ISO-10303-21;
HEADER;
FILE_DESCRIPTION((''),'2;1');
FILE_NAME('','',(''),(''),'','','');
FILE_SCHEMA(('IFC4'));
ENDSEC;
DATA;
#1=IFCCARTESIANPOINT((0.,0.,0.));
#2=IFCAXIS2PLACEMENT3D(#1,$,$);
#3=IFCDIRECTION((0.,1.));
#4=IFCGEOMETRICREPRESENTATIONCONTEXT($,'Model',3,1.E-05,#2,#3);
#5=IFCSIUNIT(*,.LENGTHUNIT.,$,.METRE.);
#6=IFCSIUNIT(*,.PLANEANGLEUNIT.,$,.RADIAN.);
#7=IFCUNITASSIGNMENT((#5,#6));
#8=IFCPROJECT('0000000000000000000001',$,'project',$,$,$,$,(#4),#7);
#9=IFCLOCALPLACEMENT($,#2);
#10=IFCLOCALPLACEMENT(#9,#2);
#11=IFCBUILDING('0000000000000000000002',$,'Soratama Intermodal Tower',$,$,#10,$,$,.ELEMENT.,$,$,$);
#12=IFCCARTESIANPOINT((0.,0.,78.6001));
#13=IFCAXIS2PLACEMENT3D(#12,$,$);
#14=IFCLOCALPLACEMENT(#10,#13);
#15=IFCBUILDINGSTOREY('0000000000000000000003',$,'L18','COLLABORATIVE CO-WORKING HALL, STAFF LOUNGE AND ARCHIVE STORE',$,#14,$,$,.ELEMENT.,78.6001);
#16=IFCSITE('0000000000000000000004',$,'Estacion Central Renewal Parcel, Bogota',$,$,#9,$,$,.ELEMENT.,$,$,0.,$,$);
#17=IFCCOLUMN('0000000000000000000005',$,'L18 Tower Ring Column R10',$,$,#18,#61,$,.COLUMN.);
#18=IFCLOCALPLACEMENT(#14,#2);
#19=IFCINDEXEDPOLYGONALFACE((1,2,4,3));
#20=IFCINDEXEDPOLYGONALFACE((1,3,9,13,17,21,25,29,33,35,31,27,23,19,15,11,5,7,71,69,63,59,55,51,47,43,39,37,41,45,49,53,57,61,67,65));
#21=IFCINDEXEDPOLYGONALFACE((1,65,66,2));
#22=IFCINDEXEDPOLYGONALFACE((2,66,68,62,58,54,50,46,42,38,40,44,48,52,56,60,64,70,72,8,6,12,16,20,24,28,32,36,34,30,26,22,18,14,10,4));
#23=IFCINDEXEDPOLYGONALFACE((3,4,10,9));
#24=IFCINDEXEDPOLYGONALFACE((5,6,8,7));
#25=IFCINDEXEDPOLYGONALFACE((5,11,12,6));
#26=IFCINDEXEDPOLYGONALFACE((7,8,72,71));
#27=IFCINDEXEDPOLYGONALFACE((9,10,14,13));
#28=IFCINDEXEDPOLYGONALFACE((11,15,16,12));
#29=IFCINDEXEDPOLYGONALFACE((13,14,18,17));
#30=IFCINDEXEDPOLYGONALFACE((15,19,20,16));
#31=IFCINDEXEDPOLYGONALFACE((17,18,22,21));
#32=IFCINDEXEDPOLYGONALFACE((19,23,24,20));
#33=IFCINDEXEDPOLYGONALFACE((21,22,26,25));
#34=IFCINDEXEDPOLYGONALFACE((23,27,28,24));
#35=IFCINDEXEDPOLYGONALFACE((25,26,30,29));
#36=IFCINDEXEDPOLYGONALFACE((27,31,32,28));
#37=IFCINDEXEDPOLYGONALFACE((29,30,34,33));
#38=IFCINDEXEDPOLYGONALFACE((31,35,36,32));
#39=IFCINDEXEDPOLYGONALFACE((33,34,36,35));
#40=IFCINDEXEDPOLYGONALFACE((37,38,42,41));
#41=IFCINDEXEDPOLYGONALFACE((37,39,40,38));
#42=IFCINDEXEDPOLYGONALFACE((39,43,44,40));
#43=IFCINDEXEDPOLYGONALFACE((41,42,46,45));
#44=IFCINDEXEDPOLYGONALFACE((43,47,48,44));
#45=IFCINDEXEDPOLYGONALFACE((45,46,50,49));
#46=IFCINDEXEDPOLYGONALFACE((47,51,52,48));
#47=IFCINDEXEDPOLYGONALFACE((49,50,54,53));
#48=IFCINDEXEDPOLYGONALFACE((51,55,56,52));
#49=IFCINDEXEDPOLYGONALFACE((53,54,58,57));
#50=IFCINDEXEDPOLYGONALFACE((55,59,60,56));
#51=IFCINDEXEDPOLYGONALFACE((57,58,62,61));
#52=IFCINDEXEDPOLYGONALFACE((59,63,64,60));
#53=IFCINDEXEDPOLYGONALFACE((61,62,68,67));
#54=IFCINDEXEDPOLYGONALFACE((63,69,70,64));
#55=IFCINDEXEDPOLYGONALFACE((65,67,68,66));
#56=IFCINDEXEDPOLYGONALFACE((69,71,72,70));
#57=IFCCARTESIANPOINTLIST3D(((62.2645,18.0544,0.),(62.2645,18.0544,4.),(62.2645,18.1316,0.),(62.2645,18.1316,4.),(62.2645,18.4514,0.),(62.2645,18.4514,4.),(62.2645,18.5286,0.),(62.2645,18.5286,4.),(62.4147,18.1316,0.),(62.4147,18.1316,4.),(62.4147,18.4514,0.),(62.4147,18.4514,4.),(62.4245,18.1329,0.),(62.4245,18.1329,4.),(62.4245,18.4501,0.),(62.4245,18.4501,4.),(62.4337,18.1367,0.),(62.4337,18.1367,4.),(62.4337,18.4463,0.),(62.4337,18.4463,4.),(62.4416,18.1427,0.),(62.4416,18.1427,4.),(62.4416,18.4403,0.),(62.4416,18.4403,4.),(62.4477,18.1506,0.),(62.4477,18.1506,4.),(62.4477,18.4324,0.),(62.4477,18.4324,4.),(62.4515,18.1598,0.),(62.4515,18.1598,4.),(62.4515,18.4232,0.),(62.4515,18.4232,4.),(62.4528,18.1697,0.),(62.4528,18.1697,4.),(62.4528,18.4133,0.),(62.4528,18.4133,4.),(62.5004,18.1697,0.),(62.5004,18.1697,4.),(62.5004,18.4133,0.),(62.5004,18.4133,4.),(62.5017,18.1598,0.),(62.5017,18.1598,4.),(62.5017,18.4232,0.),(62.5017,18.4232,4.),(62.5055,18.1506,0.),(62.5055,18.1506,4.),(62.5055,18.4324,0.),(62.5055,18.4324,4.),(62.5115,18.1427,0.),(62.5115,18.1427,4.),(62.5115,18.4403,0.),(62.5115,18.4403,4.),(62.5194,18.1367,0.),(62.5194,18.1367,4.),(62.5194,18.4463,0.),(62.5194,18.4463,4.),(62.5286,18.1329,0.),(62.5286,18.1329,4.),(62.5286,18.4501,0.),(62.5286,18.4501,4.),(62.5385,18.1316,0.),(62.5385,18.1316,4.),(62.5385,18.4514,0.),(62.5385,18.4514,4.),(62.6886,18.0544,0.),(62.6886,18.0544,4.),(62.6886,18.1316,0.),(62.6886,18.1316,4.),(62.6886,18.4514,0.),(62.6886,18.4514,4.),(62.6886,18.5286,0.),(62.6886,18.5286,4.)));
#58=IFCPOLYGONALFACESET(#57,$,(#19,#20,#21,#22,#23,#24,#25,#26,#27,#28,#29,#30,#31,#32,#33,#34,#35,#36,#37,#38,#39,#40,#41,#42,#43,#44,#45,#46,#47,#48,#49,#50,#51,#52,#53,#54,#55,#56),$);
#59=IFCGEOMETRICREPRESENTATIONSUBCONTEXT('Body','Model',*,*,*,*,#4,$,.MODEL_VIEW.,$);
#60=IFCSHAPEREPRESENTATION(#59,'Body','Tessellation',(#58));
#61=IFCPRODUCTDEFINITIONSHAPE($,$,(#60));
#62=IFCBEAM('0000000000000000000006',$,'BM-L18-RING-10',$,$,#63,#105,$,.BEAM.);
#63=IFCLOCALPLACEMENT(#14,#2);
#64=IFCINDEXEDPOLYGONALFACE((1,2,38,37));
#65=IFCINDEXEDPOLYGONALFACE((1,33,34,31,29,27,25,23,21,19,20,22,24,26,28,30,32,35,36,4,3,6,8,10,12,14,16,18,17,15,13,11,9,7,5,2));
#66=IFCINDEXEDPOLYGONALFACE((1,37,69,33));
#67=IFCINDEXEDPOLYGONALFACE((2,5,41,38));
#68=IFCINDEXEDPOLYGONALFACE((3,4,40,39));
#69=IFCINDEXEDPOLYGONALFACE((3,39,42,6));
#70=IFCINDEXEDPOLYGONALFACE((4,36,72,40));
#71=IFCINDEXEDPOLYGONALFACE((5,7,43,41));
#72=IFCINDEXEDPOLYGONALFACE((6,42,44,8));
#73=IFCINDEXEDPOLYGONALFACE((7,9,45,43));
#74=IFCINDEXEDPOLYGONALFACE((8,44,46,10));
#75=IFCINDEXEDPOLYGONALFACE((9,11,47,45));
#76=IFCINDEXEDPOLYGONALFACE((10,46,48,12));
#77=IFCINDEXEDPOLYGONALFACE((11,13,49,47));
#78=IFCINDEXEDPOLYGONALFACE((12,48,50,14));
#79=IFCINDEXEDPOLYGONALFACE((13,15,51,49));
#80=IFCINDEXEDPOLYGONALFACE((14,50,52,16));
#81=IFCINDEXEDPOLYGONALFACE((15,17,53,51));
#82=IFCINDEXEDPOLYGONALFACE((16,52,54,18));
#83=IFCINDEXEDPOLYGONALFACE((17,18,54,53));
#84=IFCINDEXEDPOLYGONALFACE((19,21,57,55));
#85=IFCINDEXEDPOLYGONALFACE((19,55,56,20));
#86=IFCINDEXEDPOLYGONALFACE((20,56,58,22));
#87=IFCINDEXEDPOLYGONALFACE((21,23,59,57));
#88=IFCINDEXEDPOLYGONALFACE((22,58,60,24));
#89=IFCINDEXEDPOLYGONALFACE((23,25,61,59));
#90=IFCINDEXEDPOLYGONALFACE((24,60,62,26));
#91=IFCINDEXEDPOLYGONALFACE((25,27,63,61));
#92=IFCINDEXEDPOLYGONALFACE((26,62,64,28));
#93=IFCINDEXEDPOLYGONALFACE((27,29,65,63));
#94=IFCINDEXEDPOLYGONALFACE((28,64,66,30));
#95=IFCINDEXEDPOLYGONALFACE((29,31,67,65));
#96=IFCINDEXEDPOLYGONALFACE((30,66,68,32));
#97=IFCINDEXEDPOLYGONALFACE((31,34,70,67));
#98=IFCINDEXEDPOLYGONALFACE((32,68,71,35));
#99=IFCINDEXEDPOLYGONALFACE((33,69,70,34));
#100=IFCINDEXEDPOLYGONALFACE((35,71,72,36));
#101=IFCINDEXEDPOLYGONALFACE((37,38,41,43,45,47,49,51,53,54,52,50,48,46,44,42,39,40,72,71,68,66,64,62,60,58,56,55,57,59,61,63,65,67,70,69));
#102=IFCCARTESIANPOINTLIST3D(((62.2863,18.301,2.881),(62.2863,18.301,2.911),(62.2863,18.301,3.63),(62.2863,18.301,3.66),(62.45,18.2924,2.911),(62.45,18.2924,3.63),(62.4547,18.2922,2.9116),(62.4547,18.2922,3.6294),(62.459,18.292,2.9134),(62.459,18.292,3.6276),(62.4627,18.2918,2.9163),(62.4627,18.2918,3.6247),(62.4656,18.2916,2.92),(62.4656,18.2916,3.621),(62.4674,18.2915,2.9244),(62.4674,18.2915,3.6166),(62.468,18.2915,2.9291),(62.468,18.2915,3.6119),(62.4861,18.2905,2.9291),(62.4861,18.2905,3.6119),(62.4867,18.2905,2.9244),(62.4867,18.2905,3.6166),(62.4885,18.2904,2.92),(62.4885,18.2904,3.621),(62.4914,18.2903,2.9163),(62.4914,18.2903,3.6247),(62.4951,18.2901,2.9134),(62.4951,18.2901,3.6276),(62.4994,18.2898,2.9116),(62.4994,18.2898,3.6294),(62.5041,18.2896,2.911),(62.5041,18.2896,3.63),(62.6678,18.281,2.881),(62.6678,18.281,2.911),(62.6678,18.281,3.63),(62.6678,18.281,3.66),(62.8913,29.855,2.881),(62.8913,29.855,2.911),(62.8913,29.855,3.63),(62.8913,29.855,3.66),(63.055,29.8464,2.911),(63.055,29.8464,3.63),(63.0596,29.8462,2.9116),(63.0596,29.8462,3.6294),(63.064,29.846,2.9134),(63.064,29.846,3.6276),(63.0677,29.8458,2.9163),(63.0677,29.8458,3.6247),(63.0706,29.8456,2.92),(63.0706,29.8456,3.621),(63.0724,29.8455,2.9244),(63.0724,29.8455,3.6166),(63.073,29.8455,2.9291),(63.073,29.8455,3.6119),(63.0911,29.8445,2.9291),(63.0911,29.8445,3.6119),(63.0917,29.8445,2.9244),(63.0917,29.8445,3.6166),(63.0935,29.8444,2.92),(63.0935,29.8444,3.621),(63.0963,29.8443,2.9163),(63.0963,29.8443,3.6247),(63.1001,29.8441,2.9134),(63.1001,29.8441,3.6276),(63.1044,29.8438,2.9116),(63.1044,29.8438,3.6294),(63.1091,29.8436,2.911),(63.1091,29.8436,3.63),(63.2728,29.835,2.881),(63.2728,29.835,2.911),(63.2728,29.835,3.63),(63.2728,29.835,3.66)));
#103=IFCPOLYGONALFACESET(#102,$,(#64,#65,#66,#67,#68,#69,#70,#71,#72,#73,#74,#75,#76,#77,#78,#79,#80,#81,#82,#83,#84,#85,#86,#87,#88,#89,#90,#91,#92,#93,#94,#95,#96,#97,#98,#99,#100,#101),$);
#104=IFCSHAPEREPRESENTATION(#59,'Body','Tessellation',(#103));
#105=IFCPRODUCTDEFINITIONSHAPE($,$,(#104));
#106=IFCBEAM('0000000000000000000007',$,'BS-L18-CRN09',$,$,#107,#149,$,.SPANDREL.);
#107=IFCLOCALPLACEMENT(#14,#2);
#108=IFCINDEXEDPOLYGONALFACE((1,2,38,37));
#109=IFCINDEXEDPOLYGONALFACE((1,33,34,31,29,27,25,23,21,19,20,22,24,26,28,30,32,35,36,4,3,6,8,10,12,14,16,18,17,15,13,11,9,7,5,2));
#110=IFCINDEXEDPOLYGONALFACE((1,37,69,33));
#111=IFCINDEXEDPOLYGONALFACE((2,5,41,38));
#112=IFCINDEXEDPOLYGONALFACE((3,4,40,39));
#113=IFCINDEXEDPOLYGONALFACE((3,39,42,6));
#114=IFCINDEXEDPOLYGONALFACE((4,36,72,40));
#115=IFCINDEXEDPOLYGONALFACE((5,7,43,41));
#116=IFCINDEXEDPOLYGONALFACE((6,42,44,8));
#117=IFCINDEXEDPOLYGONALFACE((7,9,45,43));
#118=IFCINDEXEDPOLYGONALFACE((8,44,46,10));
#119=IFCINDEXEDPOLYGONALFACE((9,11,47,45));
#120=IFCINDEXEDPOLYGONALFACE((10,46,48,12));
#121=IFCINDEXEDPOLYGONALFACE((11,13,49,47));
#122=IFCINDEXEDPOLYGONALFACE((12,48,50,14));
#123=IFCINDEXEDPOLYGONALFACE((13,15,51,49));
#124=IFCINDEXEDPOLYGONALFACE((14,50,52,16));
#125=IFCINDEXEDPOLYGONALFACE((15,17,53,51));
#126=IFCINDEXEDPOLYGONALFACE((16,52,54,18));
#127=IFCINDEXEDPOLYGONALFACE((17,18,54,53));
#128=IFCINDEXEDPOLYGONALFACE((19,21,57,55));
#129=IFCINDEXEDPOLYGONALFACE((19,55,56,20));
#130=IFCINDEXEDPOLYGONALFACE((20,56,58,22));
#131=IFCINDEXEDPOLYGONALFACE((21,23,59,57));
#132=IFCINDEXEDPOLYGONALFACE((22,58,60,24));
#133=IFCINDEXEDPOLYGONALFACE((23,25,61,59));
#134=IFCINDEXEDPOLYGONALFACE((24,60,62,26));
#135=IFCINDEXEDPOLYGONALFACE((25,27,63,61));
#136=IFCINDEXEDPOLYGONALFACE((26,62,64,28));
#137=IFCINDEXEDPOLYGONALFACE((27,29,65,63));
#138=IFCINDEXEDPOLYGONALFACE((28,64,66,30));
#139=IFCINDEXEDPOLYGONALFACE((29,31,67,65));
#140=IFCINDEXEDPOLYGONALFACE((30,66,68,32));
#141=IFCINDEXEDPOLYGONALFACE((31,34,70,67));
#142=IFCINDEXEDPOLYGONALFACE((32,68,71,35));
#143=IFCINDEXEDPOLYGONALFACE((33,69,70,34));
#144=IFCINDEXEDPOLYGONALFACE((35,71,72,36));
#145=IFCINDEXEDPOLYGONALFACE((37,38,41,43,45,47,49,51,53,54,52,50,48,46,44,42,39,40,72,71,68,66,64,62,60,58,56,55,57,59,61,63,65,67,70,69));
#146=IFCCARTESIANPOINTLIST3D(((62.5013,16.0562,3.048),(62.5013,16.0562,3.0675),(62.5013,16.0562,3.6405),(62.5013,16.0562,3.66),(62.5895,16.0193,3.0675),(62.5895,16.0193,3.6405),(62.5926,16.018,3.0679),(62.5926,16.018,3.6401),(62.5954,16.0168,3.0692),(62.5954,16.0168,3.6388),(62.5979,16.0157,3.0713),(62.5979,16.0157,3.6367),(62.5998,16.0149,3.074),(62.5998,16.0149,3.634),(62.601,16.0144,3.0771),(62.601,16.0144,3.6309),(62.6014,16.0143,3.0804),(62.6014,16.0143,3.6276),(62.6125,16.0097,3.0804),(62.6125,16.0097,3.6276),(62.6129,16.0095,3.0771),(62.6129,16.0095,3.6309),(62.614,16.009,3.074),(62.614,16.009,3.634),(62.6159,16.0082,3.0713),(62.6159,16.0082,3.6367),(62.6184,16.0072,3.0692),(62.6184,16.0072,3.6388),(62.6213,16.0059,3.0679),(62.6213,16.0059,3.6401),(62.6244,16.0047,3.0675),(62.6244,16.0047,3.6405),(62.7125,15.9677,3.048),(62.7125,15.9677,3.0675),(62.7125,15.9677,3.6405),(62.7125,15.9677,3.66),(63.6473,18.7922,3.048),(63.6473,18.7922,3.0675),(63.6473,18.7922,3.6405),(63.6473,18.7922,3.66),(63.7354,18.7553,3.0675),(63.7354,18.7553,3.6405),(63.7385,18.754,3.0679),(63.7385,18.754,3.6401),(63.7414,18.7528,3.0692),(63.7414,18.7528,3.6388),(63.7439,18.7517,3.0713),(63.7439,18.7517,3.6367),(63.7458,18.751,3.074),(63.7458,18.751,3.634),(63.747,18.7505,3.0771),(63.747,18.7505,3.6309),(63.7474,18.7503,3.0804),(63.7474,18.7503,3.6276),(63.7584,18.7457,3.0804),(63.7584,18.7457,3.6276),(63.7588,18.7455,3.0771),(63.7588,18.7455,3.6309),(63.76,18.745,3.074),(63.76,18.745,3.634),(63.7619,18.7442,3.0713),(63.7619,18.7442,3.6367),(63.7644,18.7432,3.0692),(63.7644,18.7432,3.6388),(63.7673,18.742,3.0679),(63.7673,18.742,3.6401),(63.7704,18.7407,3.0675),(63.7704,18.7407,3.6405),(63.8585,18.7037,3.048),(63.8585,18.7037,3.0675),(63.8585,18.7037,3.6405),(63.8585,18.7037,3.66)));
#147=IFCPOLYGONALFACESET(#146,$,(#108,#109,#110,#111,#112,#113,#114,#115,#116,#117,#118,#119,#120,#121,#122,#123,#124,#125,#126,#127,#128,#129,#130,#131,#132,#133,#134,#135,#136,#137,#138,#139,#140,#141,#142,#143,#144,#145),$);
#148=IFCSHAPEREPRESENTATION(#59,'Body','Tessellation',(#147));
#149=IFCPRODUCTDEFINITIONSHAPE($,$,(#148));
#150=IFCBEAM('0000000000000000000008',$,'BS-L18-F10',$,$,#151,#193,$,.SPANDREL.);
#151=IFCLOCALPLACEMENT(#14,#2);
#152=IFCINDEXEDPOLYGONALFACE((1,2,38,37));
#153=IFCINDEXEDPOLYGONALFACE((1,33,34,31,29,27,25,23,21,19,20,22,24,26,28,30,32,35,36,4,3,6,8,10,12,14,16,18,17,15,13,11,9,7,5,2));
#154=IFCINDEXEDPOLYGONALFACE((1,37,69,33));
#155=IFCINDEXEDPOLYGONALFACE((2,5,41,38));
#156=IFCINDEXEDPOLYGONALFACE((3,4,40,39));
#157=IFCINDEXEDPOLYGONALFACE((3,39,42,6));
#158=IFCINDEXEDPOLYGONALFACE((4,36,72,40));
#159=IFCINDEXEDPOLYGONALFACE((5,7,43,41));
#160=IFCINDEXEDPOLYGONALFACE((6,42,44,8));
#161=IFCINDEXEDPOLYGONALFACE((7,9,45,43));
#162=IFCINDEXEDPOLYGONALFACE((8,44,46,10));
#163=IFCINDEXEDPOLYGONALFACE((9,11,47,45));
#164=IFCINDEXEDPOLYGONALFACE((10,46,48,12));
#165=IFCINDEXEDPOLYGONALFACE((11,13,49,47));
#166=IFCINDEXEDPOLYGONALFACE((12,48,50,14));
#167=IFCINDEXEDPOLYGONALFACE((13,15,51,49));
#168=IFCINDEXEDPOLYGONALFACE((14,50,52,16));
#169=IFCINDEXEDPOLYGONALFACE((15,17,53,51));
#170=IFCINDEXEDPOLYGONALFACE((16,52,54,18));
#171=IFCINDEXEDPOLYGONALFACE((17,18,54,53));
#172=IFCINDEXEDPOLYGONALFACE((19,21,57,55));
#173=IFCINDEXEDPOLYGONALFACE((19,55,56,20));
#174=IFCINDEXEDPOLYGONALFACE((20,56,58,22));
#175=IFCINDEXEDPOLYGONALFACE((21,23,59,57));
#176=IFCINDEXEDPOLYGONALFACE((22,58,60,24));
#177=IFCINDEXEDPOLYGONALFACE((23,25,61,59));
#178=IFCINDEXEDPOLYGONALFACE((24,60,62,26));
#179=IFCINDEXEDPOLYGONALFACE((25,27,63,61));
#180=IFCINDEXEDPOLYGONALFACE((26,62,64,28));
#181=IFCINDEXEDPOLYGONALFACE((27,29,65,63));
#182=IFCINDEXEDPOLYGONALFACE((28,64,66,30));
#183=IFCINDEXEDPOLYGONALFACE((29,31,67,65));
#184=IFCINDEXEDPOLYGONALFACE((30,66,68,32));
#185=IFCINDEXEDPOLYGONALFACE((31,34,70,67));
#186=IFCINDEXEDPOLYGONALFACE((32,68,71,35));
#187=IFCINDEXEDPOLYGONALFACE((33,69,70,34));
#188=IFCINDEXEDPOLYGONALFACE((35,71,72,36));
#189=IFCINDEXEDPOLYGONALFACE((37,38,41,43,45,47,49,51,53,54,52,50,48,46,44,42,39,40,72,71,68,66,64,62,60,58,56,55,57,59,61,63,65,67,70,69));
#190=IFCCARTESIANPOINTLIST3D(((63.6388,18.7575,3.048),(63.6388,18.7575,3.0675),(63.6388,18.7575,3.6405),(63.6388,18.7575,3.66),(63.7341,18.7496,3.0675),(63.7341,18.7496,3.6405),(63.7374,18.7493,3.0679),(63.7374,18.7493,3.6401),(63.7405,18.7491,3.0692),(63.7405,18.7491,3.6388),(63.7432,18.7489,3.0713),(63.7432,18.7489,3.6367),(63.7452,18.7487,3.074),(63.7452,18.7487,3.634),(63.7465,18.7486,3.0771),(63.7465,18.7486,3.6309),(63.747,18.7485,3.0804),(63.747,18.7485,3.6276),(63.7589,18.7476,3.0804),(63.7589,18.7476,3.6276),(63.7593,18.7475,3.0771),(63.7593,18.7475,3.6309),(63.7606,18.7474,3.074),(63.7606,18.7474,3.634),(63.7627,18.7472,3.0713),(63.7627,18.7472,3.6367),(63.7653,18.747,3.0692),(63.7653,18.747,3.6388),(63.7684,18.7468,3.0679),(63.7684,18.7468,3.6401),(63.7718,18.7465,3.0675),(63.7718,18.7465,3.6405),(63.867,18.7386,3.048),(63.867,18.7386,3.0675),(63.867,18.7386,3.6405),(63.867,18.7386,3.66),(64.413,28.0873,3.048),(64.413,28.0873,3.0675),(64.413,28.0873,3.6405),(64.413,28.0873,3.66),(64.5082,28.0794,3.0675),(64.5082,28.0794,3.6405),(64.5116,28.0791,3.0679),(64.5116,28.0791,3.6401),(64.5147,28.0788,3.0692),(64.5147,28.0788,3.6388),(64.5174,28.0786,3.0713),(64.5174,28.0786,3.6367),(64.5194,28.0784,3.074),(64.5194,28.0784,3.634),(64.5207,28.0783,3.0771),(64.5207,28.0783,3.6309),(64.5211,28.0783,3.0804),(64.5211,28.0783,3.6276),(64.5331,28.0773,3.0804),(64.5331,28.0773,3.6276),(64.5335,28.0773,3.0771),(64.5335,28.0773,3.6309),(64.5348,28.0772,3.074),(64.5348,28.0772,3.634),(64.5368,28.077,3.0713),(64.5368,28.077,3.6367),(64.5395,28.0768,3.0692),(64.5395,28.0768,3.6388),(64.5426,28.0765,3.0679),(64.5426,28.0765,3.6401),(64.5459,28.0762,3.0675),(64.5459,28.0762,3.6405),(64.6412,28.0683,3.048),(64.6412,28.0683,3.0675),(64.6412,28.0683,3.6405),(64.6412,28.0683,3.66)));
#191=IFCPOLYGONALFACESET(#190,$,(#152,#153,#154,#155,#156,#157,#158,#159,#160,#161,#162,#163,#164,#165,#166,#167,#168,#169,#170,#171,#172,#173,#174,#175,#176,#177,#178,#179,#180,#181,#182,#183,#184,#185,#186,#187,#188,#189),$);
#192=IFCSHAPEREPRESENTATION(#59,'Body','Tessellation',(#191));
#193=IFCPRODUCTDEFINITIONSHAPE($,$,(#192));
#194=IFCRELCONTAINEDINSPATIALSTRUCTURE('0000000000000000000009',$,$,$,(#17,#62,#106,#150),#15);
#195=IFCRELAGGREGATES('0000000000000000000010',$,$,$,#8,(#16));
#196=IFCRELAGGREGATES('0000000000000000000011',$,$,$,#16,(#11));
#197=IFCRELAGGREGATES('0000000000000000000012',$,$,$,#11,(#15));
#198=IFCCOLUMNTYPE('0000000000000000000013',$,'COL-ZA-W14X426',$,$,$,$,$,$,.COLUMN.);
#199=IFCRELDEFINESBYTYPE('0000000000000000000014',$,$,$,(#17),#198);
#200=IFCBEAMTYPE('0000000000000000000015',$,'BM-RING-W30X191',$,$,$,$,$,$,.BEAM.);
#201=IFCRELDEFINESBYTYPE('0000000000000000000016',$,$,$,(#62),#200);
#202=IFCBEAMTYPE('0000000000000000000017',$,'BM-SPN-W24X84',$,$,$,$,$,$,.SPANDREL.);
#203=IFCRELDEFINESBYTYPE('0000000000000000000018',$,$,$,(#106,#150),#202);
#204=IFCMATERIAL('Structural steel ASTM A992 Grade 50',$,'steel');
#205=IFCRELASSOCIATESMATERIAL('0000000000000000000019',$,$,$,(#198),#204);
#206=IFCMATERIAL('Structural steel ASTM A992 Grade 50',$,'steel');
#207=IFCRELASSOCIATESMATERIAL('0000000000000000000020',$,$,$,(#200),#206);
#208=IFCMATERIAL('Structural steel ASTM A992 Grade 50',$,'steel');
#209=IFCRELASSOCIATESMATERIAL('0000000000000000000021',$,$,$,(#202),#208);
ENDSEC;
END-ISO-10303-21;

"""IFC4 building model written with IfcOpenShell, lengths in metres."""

from ifc_helpers import new_model, si_unit, direction, frame, origin, origin_2d, place, context, subcontext, project, spatial, i_section, extrude, material, material_profile, profile_set, type_object, element, save


model = new_model("IFC4")

# Units and contexts
model_context = context("Model", 3, precision=1e-05, world=origin(), true_north=direction((0.0, 1.0)))
body_context = subcontext(model_context, "Body", "Model", "MODEL_VIEW")
ifc_project = project(units=[si_unit("LENGTHUNIT", "METRE"), si_unit("PLANEANGLEUNIT", "RADIAN")], contexts=[model_context])

# Site, building, storey
site_placement = place(None, origin())
site = spatial("IfcSite", under=ifc_project, at=site_placement, Name="Estacion Central Renewal Parcel, Bogota", CompositionType="ELEMENT", RefElevation=0.0)
building_placement = place(site_placement, origin())
building = spatial("IfcBuilding", under=site, at=building_placement, Name="Soratama Intermodal Tower", CompositionType="ELEMENT")
storey_placement = place(building_placement, frame((0.0, 0.0, 78.6001)))
storey = spatial("IfcBuildingStorey", under=building, at=storey_placement, Name="L18", Description="COLLABORATIVE CO-WORKING HALL, STAFF LOUNGE AND ARCHIVE STORE", CompositionType="ELEMENT", Elevation=78.6001)

# Column
ifc_material_1 = material(Name="Structural steel ASTM A992 Grade 50", Category="steel")
ifc_material_profile_1 = material_profile(ifc_material_1, i_section(OverallWidth=0.4241, OverallDepth=0.4741, WebThickness=0.0476, FlangeThickness=0.0771, FilletRadius=0.0381, at=origin_2d()), Name="W14X426")
ifc_profile_set_1 = profile_set([ifc_material_profile_1], Name="Structural steel ASTM A992 Grade 50")
column_type = type_object("IfcColumnType", Name="COL-ZA-W14X426", PredefinedType="COLUMN", material=ifc_profile_set_1)
column_placement = place(storey_placement, frame((62.4766, 18.2915, 0.0), z_axis=(0.0, 0.0, 1.0), x_axis=(1.0, 0.0, 0.0)))
element("IfcColumn", 1, at=column_placement, inside=storey, type_object=column_type, Name="L18 Tower Ring Column R10", PredefinedType="COLUMN", context=body_context, shape_type="SweptSolid", body=[
    extrude(i_section(OverallWidth=0.4241, OverallDepth=0.4741, WebThickness=0.0476, FlangeThickness=0.0771, FilletRadius=0.0381, at=origin_2d()), origin(), (0.0, 0.0, 1.0), 4.0),
])

# Beams
ifc_material_2 = material(Name="Structural steel ASTM A992 Grade 50", Category="steel")
ifc_material_profile_2 = material_profile(ifc_material_2, i_section(OverallWidth=0.3821, OverallDepth=0.7791, WebThickness=0.0181, FlangeThickness=0.03, FilletRadius=0.0181, at=origin_2d()), Name="W30X191")
ifc_profile_set_2 = profile_set([ifc_material_profile_2], Name="Structural steel ASTM A992 Grade 50")
beam_type_1 = type_object("IfcBeamType", Name="BM-RING-W30X191", PredefinedType="BEAM", material=ifc_profile_set_2)
beam_1_placement = place(storey_placement, frame((62.4771, 18.291, 3.2705), z_axis=(0.05229, 0.998632, 0.0), x_axis=(-0.998632, 0.05229, 0.0)))
element("IfcBeam", 2, at=beam_1_placement, inside=storey, type_object=beam_type_1, Name="BM-L18-RING-10", PredefinedType="BEAM", context=body_context, shape_type="SweptSolid", body=[
    extrude(i_section(OverallWidth=0.3821, OverallDepth=0.7791, WebThickness=0.0181, FlangeThickness=0.03, FilletRadius=0.0181, at=origin_2d()), origin(), (0.0, 0.0, 1.0), 11.5698),
])
ifc_material_3 = material(Name="Structural steel ASTM A992 Grade 50", Category="steel")
ifc_material_profile_3 = material_profile(ifc_material_3, i_section(OverallWidth=0.229, OverallDepth=0.6121, WebThickness=0.012, FlangeThickness=0.0195, FilletRadius=0.0129, at=origin_2d()), Name="W24X84")
ifc_profile_set_3 = profile_set([ifc_material_profile_3], Name="Structural steel ASTM A992 Grade 50")
beam_type_2 = type_object("IfcBeamType", Name="BM-SPN-W24X84", PredefinedType="SPANDREL", material=ifc_profile_set_3)
beam_2_placement = place(storey_placement, frame((62.6069, 16.012, 3.354), z_axis=(0.386327, 0.922362, 0.0), x_axis=(-0.922362, 0.386327, 0.0)))
element("IfcBeam", 3, at=beam_2_placement, inside=storey, type_object=beam_type_2, Name="BS-L18-CRN09", PredefinedType="SPANDREL", context=body_context, shape_type="SweptSolid", body=[
    extrude(i_section(OverallWidth=0.229, OverallDepth=0.6121, WebThickness=0.012, FlangeThickness=0.0195, FilletRadius=0.0129, at=origin_2d()), origin(), (0.0, 0.0, 1.0), 2.9663),
])
beam_3_placement = place(storey_placement, frame((63.7529, 18.748, 3.354), z_axis=(0.082694, 0.996575, 0.0), x_axis=(-0.996575, 0.082694, 0.0)))
element("IfcBeam", 4, at=beam_3_placement, inside=storey, type_object=beam_type_2, Name="BS-L18-F10", PredefinedType="SPANDREL", context=body_context, shape_type="SweptSolid", body=[
    extrude(i_section(OverallWidth=0.229, OverallDepth=0.6121, WebThickness=0.012, FlangeThickness=0.0195, FilletRadius=0.0129, at=origin_2d()), origin(), (0.0, 0.0, 1.0), 9.3618),
])

save(model, "model.ifc")
